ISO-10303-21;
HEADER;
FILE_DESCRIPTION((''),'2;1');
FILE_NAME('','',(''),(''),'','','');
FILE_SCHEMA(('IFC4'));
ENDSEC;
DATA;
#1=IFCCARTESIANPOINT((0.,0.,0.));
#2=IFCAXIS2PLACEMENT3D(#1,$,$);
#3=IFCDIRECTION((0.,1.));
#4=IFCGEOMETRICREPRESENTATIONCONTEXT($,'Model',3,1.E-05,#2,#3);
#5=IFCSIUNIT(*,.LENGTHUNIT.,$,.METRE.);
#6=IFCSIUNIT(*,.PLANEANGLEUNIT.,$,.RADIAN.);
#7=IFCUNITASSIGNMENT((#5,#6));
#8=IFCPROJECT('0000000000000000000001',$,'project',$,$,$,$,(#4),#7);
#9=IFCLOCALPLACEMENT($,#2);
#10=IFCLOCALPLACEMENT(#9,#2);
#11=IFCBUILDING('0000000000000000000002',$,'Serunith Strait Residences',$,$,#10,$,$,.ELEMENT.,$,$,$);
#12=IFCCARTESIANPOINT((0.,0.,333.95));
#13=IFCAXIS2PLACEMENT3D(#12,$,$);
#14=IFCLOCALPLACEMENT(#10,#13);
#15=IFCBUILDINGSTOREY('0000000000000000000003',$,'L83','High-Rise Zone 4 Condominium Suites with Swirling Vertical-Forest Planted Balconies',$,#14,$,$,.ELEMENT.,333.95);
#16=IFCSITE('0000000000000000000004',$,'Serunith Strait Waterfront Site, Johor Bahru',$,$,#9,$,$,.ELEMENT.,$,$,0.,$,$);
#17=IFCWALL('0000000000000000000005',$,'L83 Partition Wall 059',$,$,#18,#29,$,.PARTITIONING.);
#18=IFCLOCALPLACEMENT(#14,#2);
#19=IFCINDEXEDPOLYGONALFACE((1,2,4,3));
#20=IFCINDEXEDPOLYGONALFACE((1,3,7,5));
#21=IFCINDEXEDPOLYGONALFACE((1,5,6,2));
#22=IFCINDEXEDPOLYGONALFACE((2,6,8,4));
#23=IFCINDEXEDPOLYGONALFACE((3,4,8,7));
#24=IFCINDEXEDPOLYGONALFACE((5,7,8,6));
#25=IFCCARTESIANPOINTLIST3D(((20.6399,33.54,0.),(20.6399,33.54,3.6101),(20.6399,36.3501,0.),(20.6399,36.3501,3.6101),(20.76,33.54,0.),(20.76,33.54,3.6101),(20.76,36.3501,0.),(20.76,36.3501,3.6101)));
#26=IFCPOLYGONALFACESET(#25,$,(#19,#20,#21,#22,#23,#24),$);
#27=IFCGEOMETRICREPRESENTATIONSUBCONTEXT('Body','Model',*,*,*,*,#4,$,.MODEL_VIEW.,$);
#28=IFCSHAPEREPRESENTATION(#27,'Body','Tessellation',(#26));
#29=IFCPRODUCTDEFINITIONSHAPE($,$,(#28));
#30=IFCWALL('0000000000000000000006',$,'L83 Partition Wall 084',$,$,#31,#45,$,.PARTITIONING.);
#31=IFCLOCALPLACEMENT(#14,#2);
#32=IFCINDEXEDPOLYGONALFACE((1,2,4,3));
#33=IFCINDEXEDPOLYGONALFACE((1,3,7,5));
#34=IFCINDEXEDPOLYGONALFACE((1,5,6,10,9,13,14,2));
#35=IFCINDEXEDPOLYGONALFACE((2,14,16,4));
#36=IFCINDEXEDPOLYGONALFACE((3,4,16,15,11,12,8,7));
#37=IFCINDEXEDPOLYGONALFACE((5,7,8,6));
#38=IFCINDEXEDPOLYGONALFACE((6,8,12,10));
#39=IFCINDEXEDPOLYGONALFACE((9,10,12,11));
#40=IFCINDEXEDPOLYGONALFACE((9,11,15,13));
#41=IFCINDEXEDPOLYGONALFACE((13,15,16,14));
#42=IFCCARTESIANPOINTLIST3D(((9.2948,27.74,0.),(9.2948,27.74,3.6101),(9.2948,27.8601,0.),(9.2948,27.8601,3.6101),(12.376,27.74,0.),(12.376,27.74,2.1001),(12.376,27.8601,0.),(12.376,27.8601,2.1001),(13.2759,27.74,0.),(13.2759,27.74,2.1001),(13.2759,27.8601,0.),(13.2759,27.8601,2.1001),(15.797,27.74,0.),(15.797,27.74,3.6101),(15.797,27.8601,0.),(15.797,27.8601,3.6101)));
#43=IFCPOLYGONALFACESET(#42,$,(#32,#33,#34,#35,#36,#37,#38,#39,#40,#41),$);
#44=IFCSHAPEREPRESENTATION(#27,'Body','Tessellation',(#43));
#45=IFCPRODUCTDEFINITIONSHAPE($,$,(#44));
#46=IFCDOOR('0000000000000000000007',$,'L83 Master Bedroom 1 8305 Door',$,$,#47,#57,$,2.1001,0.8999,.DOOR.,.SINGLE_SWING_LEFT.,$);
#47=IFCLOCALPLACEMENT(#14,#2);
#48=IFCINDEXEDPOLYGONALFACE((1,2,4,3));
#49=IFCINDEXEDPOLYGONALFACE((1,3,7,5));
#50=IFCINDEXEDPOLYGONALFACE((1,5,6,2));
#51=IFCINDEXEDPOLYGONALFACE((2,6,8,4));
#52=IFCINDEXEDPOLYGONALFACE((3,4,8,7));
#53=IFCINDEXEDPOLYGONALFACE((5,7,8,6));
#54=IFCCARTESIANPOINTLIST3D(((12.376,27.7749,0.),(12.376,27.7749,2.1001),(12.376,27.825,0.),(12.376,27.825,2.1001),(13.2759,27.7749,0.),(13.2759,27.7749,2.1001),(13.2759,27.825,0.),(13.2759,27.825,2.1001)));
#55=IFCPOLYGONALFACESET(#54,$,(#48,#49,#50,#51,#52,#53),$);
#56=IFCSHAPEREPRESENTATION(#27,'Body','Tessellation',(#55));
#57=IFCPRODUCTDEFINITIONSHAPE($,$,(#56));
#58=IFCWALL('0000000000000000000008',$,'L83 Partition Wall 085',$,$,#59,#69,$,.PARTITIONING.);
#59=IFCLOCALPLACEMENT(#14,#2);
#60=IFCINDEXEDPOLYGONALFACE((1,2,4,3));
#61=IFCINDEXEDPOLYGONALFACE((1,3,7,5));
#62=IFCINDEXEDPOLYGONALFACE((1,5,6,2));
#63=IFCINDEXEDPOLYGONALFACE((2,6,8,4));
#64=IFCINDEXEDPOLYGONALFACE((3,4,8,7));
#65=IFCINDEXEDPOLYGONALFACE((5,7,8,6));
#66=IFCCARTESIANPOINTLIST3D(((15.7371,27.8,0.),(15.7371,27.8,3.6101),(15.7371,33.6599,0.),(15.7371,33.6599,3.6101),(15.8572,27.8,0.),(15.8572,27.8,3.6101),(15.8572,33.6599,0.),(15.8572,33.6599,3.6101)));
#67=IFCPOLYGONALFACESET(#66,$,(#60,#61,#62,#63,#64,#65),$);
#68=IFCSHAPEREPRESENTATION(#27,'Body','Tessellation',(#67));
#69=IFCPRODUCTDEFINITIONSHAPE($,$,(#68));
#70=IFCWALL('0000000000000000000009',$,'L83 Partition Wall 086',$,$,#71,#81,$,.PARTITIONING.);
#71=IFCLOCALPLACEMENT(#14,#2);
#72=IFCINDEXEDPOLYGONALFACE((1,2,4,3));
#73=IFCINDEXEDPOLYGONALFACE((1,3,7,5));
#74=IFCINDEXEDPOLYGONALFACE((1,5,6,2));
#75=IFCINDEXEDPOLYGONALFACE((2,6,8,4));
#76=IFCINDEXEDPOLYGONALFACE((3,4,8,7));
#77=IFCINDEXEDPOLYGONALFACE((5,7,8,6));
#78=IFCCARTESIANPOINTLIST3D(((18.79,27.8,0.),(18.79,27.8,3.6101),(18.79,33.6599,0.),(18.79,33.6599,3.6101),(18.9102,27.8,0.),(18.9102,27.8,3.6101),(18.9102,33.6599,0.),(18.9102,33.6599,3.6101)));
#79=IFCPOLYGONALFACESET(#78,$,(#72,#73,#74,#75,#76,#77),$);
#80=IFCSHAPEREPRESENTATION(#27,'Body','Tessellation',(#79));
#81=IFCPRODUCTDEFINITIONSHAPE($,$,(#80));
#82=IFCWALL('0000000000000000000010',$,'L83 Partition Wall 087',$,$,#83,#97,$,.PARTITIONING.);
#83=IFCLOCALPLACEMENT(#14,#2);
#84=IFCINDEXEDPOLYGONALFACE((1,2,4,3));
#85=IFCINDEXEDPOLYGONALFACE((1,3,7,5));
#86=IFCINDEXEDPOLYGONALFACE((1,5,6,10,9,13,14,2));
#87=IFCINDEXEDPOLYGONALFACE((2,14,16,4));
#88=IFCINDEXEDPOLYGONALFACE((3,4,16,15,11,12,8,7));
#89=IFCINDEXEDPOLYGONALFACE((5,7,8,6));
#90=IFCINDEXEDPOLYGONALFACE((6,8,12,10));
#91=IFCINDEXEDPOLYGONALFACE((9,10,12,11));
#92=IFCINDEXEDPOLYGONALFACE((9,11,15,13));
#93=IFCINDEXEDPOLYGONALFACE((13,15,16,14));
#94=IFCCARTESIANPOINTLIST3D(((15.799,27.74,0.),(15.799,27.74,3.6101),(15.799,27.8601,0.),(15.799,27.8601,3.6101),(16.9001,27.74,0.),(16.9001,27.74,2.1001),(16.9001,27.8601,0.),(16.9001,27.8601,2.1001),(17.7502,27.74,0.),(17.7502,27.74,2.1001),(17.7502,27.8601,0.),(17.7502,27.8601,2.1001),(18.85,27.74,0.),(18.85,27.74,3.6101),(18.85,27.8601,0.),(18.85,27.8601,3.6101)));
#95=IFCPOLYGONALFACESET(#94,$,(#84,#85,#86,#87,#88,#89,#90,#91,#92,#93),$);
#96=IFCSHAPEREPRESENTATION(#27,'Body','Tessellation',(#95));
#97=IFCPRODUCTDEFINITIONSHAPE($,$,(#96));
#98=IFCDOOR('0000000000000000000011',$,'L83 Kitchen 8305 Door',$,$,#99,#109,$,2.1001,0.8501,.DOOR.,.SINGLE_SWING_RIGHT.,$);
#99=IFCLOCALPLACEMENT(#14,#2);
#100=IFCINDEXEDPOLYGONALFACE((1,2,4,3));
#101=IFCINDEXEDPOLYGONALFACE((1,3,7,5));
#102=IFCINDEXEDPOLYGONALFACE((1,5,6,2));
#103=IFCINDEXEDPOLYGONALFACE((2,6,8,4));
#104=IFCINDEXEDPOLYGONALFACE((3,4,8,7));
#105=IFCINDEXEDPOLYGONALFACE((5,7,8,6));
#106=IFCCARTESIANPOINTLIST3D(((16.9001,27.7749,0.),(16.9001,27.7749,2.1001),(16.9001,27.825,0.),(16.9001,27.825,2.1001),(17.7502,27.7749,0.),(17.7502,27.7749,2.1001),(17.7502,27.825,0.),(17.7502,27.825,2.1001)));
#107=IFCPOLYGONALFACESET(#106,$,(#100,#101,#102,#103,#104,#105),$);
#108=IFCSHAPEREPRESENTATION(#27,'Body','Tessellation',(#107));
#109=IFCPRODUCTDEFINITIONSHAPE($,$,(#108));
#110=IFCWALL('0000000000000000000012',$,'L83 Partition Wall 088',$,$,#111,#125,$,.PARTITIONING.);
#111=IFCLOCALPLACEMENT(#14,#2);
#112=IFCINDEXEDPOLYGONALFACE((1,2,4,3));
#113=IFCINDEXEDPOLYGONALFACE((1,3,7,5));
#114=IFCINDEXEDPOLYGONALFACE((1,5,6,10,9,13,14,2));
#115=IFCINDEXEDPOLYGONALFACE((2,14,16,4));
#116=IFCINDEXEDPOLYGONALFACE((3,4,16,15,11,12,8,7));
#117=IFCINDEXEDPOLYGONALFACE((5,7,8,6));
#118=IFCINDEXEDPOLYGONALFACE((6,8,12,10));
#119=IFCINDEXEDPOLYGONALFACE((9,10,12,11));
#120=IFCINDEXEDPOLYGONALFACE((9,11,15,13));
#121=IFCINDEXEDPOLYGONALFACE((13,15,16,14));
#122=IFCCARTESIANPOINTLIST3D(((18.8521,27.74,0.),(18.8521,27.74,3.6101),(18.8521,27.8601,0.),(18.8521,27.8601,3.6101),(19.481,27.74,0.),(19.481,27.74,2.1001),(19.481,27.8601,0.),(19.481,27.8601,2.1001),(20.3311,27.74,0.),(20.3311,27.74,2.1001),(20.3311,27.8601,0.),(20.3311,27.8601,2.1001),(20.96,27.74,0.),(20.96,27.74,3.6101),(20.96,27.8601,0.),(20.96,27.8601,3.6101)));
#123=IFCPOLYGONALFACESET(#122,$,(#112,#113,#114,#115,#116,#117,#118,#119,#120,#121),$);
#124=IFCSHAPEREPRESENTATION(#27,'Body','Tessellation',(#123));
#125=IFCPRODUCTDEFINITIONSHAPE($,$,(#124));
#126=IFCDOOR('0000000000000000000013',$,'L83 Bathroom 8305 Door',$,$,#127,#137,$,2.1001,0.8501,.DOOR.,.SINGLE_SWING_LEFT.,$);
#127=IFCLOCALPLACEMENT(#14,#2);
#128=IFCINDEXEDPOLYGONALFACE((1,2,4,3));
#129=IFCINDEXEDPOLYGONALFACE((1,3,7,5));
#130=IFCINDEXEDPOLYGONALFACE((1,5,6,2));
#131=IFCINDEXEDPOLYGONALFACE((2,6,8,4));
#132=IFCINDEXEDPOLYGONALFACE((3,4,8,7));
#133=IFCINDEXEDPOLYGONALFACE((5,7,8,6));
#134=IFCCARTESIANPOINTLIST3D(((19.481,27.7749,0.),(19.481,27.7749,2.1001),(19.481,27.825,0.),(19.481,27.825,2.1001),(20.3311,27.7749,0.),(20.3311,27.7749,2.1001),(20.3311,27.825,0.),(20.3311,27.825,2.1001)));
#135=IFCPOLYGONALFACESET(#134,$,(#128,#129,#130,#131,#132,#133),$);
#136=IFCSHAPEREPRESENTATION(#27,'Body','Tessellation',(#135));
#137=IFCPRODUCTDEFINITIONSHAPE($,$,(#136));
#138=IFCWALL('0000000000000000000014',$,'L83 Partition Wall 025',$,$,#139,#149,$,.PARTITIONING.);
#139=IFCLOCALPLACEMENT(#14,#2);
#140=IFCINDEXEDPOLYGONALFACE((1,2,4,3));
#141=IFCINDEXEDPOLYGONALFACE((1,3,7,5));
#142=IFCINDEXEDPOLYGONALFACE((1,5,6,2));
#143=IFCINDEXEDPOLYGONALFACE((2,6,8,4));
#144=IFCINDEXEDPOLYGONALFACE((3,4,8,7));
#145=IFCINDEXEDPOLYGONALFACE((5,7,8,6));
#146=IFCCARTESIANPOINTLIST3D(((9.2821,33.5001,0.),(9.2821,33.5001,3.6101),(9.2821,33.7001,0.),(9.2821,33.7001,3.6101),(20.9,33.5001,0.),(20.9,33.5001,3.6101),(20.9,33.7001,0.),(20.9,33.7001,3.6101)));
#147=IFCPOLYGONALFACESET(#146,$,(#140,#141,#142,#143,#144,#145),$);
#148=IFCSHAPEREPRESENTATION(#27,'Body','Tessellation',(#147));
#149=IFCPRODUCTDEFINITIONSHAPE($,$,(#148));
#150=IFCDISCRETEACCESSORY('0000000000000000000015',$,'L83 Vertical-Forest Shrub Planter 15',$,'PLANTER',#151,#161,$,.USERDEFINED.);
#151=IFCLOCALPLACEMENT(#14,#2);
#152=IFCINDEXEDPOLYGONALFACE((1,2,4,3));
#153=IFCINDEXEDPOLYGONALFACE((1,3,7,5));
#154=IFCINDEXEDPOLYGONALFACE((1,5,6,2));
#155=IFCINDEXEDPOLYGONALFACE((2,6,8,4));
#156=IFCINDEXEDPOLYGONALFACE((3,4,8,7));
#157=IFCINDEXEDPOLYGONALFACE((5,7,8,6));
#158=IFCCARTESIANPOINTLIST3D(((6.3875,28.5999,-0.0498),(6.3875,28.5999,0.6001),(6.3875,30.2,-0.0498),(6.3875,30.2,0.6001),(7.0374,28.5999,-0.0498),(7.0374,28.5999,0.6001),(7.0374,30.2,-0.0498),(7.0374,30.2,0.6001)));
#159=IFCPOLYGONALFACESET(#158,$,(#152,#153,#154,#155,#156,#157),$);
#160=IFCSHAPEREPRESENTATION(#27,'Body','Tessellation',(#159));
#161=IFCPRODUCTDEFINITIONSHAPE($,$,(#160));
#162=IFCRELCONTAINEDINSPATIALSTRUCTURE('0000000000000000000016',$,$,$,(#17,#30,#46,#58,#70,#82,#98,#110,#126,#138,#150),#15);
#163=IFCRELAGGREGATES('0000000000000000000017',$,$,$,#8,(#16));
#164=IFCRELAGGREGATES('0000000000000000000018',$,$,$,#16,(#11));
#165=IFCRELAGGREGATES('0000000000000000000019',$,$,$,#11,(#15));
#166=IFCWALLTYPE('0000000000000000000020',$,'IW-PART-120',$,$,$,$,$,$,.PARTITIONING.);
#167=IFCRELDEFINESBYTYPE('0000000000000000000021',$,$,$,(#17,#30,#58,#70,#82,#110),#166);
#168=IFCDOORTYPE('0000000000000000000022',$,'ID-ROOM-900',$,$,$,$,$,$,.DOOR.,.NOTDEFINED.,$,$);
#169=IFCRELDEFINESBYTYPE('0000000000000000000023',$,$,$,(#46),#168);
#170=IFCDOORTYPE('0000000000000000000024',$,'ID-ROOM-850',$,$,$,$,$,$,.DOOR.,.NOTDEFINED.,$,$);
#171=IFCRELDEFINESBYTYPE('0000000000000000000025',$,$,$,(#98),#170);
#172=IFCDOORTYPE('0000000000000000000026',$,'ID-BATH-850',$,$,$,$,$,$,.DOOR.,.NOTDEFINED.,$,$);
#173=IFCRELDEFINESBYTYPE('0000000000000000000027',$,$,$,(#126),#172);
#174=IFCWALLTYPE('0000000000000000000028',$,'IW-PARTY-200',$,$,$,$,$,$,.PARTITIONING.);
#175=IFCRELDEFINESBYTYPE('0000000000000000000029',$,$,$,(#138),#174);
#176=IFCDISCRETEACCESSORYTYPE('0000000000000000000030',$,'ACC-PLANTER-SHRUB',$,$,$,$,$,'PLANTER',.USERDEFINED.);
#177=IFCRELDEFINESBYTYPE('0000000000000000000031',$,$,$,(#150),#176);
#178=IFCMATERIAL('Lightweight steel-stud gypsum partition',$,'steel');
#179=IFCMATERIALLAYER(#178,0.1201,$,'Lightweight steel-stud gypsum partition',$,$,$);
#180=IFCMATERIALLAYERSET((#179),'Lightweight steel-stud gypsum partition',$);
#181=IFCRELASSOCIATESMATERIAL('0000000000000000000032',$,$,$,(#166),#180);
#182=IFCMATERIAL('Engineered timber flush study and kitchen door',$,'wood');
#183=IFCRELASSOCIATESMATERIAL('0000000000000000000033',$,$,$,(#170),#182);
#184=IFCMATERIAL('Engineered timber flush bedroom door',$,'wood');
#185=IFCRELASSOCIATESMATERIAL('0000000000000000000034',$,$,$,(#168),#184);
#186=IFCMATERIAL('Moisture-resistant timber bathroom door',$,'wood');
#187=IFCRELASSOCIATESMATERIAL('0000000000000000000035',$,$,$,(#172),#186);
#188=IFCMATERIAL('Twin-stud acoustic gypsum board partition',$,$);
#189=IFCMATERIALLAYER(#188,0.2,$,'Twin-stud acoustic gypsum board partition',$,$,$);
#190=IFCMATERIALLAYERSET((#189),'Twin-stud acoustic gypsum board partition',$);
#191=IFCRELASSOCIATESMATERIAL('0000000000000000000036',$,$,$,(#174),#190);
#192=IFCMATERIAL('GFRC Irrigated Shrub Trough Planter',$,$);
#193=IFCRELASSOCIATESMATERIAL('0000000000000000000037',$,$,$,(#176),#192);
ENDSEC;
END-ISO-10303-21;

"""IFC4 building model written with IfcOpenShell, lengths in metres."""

from ifc_helpers import new_model, si_unit, direction, frame, frame_2d, origin, origin_2d, place, context, subcontext, project, spatial, rectangle, extrude, source, transform, mapped, material, layer, layer_set, type_object, element, fill, save


model = new_model("IFC4")

# Units and contexts
model_context = context("Model", 3, precision=1e-05, world=origin(), true_north=direction((0.0, 1.0)))
body_context = subcontext(model_context, "Body", "Model", "MODEL_VIEW")
ifc_project = project(units=[si_unit("LENGTHUNIT", "METRE"), si_unit("PLANEANGLEUNIT", "RADIAN")], contexts=[model_context])

# Site, building, storey
site_placement = place(None, origin())
site = spatial("IfcSite", under=ifc_project, at=site_placement, Name="Serunith Strait Waterfront Site, Johor Bahru", CompositionType="ELEMENT", RefElevation=0.0)
building_placement = place(site_placement, origin())
building = spatial("IfcBuilding", under=site, at=building_placement, Name="Serunith Strait Residences", CompositionType="ELEMENT")
storey_placement = place(building_placement, frame((0.0, 0.0, 333.95)))
storey = spatial("IfcBuildingStorey", under=building, at=storey_placement, Name="L83", Description="High-Rise Zone 4 Condominium Suites with Swirling Vertical-Forest Planted Balconies", CompositionType="ELEMENT", Elevation=333.95)

# Shared definitions
ifc_material_1 = material(Name="Lightweight steel-stud gypsum partition", Category="steel")
ifc_layer_1 = layer(ifc_material_1, 0.1201, Name="Lightweight steel-stud gypsum partition")
ifc_layer_set_1 = layer_set([ifc_layer_1], Name="Lightweight steel-stud gypsum partition")
wall_type_1 = type_object("IfcWallType", Name="IW-PART-120", PredefinedType="PARTITIONING", material=ifc_layer_set_1)
ifc_material_2 = material(Name="Engineered timber flush study and kitchen door", Category="wood")
door_type_1 = type_object("IfcDoorType", Name="ID-ROOM-850", OperationType="NOTDEFINED", PredefinedType="DOOR", material=ifc_material_2)
shared_shape_1 = source(origin(), body_context, "Body", "SweptSolid", [
    extrude(rectangle(XDim=0.8501, YDim=2.1001, at=frame_2d((0.425, 1.05))), frame((0.0, 0.0249, 0.0), z_axis=(0.0, -1.0, 0.0), x_axis=(1.0, 0.0, 0.0)), (0.0, 0.0, 1.0), 0.05),
])

# Wall
wall_1_placement = place(storey_placement, frame((20.7, 36.3501, 0.0), z_axis=(0.0, 0.0, 1.0), x_axis=(0.0, -1.0, 0.0)))
element("IfcWall", 1, at=wall_1_placement, inside=storey, type_object=wall_type_1, Name="L83 Partition Wall 059", PredefinedType="PARTITIONING", context=body_context, shape_type="SweptSolid", body=[
    extrude(rectangle(XDim=2.8101, YDim=0.1201, at=frame_2d((1.405, 0.0))), origin(), (0.0, 0.0, 1.0), 3.6101),
])

# Wall, opening, door
wall_2_placement = place(storey_placement, frame((9.2949, 27.8, 0.0), z_axis=(0.0, 0.0, 1.0), x_axis=(1.0, 0.0, 0.0)))
wall_2 = element("IfcWall", 2, at=wall_2_placement, inside=storey, type_object=wall_type_1, Name="L83 Partition Wall 084", PredefinedType="PARTITIONING", context=body_context, shape_type="SweptSolid", body=[
    extrude(rectangle(XDim=6.5022, YDim=0.1201, at=frame_2d((3.251, 0.0))), origin(), (0.0, 0.0, 1.0), 3.6101),
])
opening_1_placement = place(wall_2_placement, frame((3.0811, 0.0, 0.0)))
opening_1 = element("IfcOpeningElement", 3, at=opening_1_placement, cuts=wall_2, PredefinedType="OPENING", context=body_context, shape_type="SweptSolid", body=[
    extrude(rectangle(XDim=0.8999, YDim=2.1001, at=frame_2d((0.45, 1.05))), frame((0.0, 0.0701, 0.0), z_axis=(0.0, -1.0, 0.0), x_axis=(1.0, 0.0, 0.0)), (0.0, 0.0, 1.0), 0.1401),
])
ifc_material_3 = material(Name="Engineered timber flush bedroom door", Category="wood")
door_type_2 = type_object("IfcDoorType", Name="ID-ROOM-900", OperationType="NOTDEFINED", PredefinedType="DOOR", material=ifc_material_3)
shared_shape_2 = source(origin(), body_context, "Body", "SweptSolid", [
    extrude(rectangle(XDim=0.8999, YDim=2.1001, at=frame_2d((0.45, 1.05))), frame((0.0, 0.0249, 0.0), z_axis=(0.0, -1.0, 0.0), x_axis=(1.0, 0.0, 0.0)), (0.0, 0.0, 1.0), 0.05),
])
door_1_placement = place(opening_1_placement, origin())
door_1 = element("IfcDoor", 4, at=door_1_placement, inside=storey, type_object=door_type_2, Name="L83 Master Bedroom 1 8305 Door", OperationType="SINGLE_SWING_LEFT", OverallHeight=2.1001, OverallWidth=0.8999, PredefinedType="DOOR", context=body_context, shape_type="MappedRepresentation", body=[
    mapped(shared_shape_2, transform((0.0, 0.0, 0.0), scale=1.0)),
])
fill(opening_1, door_1)

# Walls
for number, where, z_axis, x_axis, name in (
    (5, (15.7971, 27.8, 0.0), (0.0, 0.0, 1.0), (0.0, 1.0, 0.0), "L83 Partition Wall 085"),
    (6, (18.8501, 27.8, 0.0), (0.0, 0.0, 1.0), (0.0, 1.0, 0.0), "L83 Partition Wall 086"),
):
    element("IfcWall", number, at=place(storey_placement, frame(where, z_axis=z_axis, x_axis=x_axis)), inside=storey, type_object=wall_type_1, Name=name, PredefinedType="PARTITIONING", context=body_context, shape_type="SweptSolid", body=[
        extrude(rectangle(XDim=5.8599, YDim=0.1201, at=frame_2d((2.9299, 0.0))), origin(), (0.0, 0.0, 1.0), 3.6101),
    ])

# Walls, openings, doors
wall_3_placement = place(storey_placement, frame((15.7991, 27.8, 0.0), z_axis=(0.0, 0.0, 1.0), x_axis=(1.0, 0.0, 0.0)))
wall_3 = element("IfcWall", 7, at=wall_3_placement, inside=storey, type_object=wall_type_1, Name="L83 Partition Wall 087", PredefinedType="PARTITIONING", context=body_context, shape_type="SweptSolid", body=[
    extrude(rectangle(XDim=3.051, YDim=0.1201, at=frame_2d((1.5254, 0.0))), origin(), (0.0, 0.0, 1.0), 3.6101),
])
opening_2_placement = place(wall_3_placement, frame((1.1011, 0.0, 0.0)))
opening_2 = element("IfcOpeningElement", 8, at=opening_2_placement, cuts=wall_3, PredefinedType="OPENING", context=body_context, shape_type="SweptSolid", body=[
    extrude(rectangle(XDim=0.8501, YDim=2.1001, at=frame_2d((0.425, 1.05))), frame((0.0, 0.0701, 0.0), z_axis=(0.0, -1.0, 0.0), x_axis=(1.0, 0.0, 0.0)), (0.0, 0.0, 1.0), 0.1401),
])
door_2_placement = place(opening_2_placement, origin())
door_2 = element("IfcDoor", 9, at=door_2_placement, inside=storey, type_object=door_type_1, Name="L83 Kitchen 8305 Door", OperationType="SINGLE_SWING_RIGHT", OverallHeight=2.1001, OverallWidth=0.8501, PredefinedType="DOOR", context=body_context, shape_type="MappedRepresentation", body=[
    mapped(shared_shape_1, transform((0.0, 0.0, 0.0), scale=1.0)),
])
fill(opening_2, door_2)
wall_4_placement = place(storey_placement, frame((18.8521, 27.8, 0.0), z_axis=(0.0, 0.0, 1.0), x_axis=(1.0, 0.0, 0.0)))
wall_4 = element("IfcWall", 10, at=wall_4_placement, inside=storey, type_object=wall_type_1, Name="L83 Partition Wall 088", PredefinedType="PARTITIONING", context=body_context, shape_type="SweptSolid", body=[
    extrude(rectangle(XDim=2.1079, YDim=0.1201, at=frame_2d((1.054, 0.0))), origin(), (0.0, 0.0, 1.0), 3.6101),
])
opening_3_placement = place(wall_4_placement, frame((0.6289, 0.0, 0.0)))
opening_3 = element("IfcOpeningElement", 11, at=opening_3_placement, cuts=wall_4, PredefinedType="OPENING", context=body_context, shape_type="SweptSolid", body=[
    extrude(rectangle(XDim=0.8501, YDim=2.1001, at=frame_2d((0.425, 1.05))), frame((0.0, 0.0701, 0.0), z_axis=(0.0, -1.0, 0.0), x_axis=(1.0, 0.0, 0.0)), (0.0, 0.0, 1.0), 0.1401),
])
ifc_material_4 = material(Name="Moisture-resistant timber bathroom door", Category="wood")
door_type_3 = type_object("IfcDoorType", Name="ID-BATH-850", OperationType="NOTDEFINED", PredefinedType="DOOR", material=ifc_material_4)
door_3_placement = place(opening_3_placement, origin())
door_3 = element("IfcDoor", 12, at=door_3_placement, inside=storey, type_object=door_type_3, Name="L83 Bathroom 8305 Door", OperationType="SINGLE_SWING_LEFT", OverallHeight=2.1001, OverallWidth=0.8501, PredefinedType="DOOR", context=body_context, shape_type="MappedRepresentation", body=[
    mapped(shared_shape_1, transform((0.0, 0.0, 0.0), scale=1.0)),
])
fill(opening_3, door_3)

# Wall
ifc_material_5 = material(Name="Twin-stud acoustic gypsum board partition")
ifc_layer_2 = layer(ifc_material_5, 0.2, Name="Twin-stud acoustic gypsum board partition")
ifc_layer_set_2 = layer_set([ifc_layer_2], Name="Twin-stud acoustic gypsum board partition")
wall_type_2 = type_object("IfcWallType", Name="IW-PARTY-200", PredefinedType="PARTITIONING", material=ifc_layer_set_2)
wall_5_placement = place(storey_placement, frame((9.282, 33.6001, 0.0), z_axis=(0.0, 0.0, 1.0), x_axis=(1.0, 0.0, 0.0)))
element("IfcWall", 13, at=wall_5_placement, inside=storey, type_object=wall_type_2, Name="L83 Partition Wall 025", PredefinedType="PARTITIONING", context=body_context, shape_type="SweptSolid", body=[
    extrude(rectangle(XDim=11.6179, YDim=0.2, at=frame_2d((5.8091, 0.0))), origin(), (0.0, 0.0, 1.0), 3.6101),
])

# Discrete accessory
ifc_material_6 = material(Name="GFRC Irrigated Shrub Trough Planter")
discrete_accessory_type = type_object("IfcDiscreteAccessoryType", Name="ACC-PLANTER-SHRUB", ElementType="PLANTER", PredefinedType="USERDEFINED", material=ifc_material_6)
shared_shape_3 = source(origin(), body_context, "Body", "SweptSolid", [
    extrude(rectangle(XDim=1.6001, YDim=0.6499, at=origin_2d()), origin(), (0.0, 0.0, 1.0), 0.6499),
])
discrete_accessory_placement = place(storey_placement, frame((6.7124, 29.3999, -0.0498), z_axis=(0.0, 0.0, 1.0), x_axis=(0.0, -1.0, 0.0)))
element("IfcDiscreteAccessory", 14, at=discrete_accessory_placement, inside=storey, type_object=discrete_accessory_type, Name="L83 Vertical-Forest Shrub Planter 15", ObjectType="PLANTER", PredefinedType="USERDEFINED", context=body_context, shape_type="MappedRepresentation", body=[
    mapped(shared_shape_3, transform((0.0, 0.0, 0.0), scale=1.0)),
])

save(model, "model.ifc")
